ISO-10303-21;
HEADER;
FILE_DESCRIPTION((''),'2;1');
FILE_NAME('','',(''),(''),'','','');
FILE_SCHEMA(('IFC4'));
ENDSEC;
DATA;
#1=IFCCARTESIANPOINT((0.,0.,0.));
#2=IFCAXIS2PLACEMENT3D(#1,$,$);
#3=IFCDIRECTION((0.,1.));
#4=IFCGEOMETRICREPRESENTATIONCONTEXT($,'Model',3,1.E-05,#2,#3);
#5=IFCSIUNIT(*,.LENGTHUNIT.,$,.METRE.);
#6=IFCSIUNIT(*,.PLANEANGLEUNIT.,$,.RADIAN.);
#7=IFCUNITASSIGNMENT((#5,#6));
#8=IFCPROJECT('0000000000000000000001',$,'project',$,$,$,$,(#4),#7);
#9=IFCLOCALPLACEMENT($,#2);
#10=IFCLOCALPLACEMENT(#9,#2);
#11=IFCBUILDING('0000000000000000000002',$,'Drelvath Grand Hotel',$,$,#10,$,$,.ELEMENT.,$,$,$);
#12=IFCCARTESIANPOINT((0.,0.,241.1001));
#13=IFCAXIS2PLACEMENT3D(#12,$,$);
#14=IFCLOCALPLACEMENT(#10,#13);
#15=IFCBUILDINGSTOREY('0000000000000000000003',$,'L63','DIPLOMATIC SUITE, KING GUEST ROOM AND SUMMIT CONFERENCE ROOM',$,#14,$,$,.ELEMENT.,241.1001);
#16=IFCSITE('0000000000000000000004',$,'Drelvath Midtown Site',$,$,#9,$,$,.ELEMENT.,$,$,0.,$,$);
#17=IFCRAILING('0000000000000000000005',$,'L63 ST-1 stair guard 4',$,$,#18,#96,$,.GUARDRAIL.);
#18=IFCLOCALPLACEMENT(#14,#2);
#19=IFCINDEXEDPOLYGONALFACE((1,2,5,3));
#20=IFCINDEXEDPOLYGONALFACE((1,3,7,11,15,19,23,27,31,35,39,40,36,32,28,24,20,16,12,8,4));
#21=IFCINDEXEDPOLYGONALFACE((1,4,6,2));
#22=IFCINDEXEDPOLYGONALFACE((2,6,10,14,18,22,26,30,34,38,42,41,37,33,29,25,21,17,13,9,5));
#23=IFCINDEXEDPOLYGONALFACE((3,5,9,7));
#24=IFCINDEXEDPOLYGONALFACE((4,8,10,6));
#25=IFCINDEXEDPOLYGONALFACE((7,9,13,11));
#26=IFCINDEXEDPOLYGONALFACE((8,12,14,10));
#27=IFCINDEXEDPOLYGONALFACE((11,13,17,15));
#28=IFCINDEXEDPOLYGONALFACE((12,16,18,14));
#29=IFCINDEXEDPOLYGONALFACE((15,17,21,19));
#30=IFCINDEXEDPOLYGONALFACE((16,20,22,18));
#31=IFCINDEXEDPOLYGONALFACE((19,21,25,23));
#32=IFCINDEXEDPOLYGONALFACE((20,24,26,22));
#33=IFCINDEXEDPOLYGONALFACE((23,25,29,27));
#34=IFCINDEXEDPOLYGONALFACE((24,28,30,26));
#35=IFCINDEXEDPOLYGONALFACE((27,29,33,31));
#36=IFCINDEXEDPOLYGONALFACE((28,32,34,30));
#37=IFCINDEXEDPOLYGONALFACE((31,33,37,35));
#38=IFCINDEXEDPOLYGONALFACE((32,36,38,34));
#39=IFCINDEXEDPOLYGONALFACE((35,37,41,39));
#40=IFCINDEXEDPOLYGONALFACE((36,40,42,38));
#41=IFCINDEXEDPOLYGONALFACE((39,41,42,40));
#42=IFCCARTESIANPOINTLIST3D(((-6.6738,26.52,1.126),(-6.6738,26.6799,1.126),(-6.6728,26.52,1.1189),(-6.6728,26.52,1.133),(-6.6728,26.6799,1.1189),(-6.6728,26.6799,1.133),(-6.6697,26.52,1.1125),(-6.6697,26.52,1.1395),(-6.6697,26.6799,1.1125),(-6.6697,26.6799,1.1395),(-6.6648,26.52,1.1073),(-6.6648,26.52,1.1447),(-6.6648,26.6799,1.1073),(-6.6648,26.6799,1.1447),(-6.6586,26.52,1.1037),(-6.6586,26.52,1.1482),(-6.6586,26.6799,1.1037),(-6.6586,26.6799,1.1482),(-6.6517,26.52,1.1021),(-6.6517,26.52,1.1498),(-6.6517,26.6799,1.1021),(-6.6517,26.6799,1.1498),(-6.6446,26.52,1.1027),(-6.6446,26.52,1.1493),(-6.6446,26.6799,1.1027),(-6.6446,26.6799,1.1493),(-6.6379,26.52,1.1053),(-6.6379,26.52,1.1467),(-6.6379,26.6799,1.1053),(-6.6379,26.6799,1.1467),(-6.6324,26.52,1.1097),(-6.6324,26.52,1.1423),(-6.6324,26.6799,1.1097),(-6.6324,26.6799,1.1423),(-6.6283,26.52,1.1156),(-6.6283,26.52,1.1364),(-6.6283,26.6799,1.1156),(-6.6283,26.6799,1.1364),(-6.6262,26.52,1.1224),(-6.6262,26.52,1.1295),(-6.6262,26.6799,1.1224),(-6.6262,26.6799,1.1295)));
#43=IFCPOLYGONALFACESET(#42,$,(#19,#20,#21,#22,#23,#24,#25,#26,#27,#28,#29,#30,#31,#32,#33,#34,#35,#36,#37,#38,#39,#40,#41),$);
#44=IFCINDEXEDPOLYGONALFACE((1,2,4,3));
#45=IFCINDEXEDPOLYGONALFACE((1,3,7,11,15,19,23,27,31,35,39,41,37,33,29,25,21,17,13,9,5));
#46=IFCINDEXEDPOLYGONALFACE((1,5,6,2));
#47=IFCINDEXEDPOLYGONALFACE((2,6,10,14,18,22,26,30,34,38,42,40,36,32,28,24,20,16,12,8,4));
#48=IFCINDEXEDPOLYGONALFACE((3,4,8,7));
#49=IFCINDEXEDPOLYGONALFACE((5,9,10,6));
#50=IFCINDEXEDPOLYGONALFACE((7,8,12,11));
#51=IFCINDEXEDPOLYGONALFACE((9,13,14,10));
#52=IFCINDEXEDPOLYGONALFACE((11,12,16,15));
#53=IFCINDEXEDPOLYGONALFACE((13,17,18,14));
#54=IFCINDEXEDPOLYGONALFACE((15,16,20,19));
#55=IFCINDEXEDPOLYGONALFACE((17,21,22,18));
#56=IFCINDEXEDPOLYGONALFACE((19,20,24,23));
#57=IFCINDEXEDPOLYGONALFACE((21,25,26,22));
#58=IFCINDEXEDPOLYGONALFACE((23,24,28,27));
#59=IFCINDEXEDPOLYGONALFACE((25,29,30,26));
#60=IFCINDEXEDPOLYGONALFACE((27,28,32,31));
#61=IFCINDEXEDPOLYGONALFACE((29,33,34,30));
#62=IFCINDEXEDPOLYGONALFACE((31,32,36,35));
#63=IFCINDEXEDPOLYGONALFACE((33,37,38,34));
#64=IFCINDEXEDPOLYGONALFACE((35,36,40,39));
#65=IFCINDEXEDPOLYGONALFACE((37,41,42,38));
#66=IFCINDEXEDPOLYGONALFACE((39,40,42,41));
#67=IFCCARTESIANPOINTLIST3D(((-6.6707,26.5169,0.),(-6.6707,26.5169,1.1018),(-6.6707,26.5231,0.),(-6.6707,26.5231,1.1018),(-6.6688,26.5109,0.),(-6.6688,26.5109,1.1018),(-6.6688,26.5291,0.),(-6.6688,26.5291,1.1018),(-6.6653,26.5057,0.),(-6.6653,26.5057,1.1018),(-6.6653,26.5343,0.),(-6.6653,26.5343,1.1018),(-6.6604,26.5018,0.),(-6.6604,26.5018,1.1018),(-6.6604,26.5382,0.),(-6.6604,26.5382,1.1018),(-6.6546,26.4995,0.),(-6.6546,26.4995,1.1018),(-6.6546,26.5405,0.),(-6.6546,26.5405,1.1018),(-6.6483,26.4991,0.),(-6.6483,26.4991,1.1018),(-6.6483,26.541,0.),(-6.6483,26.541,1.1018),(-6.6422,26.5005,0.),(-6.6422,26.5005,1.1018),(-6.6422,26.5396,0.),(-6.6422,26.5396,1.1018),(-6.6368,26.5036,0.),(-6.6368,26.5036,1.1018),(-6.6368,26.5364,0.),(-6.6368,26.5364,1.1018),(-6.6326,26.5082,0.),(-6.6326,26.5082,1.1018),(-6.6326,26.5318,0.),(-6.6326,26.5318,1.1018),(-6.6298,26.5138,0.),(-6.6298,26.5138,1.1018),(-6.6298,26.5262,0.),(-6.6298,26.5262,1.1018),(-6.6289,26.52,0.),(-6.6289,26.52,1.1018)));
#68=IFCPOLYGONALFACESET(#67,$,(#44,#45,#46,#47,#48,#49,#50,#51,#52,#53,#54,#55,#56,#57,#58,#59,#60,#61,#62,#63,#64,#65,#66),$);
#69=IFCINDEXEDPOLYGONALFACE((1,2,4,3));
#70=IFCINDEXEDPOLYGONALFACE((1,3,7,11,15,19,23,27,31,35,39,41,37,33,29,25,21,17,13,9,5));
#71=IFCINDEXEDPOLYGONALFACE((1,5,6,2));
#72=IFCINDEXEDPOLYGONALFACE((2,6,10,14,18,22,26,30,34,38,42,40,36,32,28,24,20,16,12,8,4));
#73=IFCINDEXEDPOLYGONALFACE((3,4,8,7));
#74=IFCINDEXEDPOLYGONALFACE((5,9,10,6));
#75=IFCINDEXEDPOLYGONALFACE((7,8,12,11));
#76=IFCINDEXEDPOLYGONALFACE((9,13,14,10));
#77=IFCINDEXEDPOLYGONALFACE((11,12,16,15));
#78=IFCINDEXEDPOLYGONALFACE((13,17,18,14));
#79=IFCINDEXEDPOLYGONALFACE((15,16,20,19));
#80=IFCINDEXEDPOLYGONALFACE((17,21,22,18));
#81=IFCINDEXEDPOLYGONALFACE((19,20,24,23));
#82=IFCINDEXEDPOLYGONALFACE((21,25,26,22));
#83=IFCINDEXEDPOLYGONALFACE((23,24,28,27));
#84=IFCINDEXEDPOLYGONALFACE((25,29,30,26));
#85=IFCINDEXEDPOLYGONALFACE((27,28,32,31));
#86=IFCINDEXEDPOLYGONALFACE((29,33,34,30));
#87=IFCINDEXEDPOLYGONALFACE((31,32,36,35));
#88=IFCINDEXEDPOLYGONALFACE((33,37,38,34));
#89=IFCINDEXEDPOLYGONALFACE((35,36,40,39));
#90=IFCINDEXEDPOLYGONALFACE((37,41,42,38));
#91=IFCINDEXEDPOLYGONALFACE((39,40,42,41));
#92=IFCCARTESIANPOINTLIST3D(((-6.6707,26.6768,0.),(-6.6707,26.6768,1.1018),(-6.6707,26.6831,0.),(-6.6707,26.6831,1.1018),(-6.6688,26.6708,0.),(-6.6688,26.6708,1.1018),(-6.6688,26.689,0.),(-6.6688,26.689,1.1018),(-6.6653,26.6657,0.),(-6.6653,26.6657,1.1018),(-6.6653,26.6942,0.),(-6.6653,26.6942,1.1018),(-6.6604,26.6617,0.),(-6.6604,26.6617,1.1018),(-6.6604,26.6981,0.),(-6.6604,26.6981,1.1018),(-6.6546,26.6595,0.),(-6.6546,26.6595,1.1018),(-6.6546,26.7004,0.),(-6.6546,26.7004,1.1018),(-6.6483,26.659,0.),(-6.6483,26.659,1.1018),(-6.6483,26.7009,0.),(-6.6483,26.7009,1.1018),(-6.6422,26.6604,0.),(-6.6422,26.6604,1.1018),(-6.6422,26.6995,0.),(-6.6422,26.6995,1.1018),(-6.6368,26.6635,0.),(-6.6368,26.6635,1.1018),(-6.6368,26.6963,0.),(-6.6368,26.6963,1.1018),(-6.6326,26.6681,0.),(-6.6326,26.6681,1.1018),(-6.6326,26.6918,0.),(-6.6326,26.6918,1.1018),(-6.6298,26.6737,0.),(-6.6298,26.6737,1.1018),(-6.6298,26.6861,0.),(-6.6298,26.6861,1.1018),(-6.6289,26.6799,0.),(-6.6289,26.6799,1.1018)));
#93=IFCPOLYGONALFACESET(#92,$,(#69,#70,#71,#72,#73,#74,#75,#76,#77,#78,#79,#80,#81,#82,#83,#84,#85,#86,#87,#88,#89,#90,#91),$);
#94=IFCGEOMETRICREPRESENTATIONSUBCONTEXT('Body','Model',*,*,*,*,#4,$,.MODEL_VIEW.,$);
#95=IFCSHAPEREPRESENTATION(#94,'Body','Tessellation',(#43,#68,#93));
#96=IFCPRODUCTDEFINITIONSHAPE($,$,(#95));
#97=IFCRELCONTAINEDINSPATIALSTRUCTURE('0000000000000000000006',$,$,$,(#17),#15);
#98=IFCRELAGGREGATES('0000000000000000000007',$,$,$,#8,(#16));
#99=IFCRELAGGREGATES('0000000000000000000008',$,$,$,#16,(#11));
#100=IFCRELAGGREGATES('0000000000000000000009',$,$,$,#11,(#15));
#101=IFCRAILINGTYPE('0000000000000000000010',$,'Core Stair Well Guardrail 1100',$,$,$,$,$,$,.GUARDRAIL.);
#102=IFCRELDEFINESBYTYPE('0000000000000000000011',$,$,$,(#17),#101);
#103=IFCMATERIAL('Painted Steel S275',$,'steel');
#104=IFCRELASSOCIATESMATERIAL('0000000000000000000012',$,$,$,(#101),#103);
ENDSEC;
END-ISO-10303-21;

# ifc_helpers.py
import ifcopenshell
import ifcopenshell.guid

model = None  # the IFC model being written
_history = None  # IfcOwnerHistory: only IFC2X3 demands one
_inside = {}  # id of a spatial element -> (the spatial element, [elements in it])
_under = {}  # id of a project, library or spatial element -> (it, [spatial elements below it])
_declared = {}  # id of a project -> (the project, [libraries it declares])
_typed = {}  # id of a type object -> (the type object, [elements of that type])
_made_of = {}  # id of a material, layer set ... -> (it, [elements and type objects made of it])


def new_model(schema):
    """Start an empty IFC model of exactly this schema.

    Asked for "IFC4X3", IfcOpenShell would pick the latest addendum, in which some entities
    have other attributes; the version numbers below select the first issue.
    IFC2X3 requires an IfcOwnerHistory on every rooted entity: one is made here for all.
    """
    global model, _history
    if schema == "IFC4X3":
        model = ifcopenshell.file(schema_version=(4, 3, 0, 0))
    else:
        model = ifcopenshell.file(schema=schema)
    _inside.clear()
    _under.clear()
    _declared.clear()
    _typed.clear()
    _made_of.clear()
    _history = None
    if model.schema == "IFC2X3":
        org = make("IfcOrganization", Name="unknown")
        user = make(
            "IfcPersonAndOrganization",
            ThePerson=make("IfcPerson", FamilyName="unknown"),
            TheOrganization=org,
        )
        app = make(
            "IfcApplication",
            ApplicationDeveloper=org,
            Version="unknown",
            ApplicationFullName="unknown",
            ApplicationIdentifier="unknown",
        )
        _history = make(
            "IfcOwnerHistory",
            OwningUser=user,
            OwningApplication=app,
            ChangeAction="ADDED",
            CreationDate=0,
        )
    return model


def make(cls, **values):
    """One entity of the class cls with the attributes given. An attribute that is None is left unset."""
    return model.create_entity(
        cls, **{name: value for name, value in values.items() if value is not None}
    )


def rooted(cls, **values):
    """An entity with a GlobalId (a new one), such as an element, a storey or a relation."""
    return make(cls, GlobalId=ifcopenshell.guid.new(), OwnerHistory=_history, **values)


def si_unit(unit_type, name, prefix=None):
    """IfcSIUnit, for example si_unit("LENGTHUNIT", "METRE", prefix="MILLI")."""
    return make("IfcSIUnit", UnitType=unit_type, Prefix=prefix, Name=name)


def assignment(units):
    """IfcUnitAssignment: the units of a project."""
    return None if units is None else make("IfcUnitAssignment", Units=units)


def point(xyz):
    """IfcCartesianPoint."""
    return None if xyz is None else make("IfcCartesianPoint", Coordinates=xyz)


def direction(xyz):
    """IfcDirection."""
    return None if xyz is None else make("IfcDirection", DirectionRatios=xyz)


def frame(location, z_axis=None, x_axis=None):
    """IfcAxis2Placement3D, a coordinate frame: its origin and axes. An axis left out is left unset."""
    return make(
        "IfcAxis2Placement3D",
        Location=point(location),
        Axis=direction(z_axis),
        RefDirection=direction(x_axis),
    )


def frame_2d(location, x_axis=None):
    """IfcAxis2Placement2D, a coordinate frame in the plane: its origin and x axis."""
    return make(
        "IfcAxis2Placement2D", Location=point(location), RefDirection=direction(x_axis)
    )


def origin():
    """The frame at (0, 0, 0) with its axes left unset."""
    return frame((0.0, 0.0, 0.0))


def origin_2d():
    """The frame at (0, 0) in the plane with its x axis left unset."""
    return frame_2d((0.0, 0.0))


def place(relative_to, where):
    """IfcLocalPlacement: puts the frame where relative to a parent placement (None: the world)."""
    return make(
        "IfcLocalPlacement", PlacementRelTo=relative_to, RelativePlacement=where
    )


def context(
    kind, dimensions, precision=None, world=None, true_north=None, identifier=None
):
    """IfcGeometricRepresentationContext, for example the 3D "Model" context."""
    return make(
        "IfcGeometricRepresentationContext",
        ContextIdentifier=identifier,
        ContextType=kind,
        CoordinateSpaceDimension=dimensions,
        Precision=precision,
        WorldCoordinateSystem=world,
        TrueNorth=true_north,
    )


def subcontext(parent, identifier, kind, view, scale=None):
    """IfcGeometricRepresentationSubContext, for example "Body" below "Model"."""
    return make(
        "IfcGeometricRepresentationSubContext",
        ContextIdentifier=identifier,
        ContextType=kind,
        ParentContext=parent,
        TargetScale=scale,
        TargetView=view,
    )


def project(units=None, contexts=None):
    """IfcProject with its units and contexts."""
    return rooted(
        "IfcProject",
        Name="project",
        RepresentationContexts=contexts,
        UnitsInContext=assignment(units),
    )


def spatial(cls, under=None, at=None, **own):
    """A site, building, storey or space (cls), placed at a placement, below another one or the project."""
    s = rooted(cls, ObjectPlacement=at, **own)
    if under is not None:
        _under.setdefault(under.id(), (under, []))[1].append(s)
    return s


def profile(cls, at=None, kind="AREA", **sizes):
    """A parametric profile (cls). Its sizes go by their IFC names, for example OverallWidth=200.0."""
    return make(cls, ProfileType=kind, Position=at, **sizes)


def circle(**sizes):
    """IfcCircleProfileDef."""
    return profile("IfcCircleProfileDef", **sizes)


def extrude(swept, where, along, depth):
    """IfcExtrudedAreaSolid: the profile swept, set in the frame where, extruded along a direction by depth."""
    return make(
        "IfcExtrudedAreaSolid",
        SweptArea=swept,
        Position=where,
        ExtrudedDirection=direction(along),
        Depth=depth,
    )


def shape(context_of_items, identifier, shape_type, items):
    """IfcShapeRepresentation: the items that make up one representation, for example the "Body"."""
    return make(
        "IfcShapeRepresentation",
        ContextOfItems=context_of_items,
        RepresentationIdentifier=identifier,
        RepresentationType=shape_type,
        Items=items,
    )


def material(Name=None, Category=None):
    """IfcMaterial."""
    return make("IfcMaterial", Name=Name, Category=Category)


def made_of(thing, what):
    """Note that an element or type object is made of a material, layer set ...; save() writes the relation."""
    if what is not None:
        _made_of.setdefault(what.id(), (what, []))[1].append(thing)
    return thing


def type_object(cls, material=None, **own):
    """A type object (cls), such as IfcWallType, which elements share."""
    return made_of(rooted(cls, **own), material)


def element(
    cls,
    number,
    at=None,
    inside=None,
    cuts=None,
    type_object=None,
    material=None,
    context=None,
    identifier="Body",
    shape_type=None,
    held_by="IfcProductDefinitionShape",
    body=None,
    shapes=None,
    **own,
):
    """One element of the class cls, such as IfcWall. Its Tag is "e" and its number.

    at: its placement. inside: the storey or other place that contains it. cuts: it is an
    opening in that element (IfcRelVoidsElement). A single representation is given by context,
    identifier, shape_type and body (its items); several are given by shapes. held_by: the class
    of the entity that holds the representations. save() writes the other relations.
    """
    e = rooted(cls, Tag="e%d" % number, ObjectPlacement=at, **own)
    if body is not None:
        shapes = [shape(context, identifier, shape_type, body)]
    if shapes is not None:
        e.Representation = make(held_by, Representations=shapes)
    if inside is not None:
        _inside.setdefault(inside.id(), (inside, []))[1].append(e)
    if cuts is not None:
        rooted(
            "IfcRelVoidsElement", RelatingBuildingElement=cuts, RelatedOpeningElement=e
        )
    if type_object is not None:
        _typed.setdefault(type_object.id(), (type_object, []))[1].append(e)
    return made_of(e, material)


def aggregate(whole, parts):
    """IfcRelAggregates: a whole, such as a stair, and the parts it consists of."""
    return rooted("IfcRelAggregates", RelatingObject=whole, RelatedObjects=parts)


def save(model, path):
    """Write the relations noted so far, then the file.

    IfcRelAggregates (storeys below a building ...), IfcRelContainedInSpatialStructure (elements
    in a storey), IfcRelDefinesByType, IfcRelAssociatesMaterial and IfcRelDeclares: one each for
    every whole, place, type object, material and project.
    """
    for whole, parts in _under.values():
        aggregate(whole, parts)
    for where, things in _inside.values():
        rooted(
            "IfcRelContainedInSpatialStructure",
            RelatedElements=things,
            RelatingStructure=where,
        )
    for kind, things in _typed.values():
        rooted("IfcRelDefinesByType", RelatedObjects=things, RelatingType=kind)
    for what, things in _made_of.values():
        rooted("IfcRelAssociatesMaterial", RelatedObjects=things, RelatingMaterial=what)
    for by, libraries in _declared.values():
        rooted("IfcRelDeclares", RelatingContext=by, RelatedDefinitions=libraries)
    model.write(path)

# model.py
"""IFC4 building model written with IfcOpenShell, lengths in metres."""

from ifc_helpers import new_model, si_unit, direction, frame, origin, origin_2d, place, context, subcontext, project, spatial, circle, extrude, material, type_object, element, save


model = new_model("IFC4")

# Units and contexts
model_context = context("Model", 3, precision=1e-05, world=origin(), true_north=direction((0.0, 1.0)))
body_context = subcontext(model_context, "Body", "Model", "MODEL_VIEW")
ifc_project = project(units=[si_unit("LENGTHUNIT", "METRE"), si_unit("PLANEANGLEUNIT", "RADIAN")], contexts=[model_context])

# Site, building, storey
site_placement = place(None, origin())
site = spatial("IfcSite", under=ifc_project, at=site_placement, Name="Drelvath Midtown Site", CompositionType="ELEMENT", RefElevation=0.0)
building_placement = place(site_placement, origin())
building = spatial("IfcBuilding", under=site, at=building_placement, Name="Drelvath Grand Hotel", CompositionType="ELEMENT")
storey_placement = place(building_placement, frame((0.0, 0.0, 241.1001)))
storey = spatial("IfcBuildingStorey", under=building, at=storey_placement, Name="L63", Description="DIPLOMATIC SUITE, KING GUEST ROOM AND SUMMIT CONFERENCE ROOM", CompositionType="ELEMENT", Elevation=241.1001)

# Shared definitions
ifc_material_1 = material(Name="Painted Steel S275", Category="steel")

# Railing
railing_type_1 = type_object("IfcRailingType", Name="Core Stair Well Guardrail 1100", PredefinedType="GUARDRAIL", material=ifc_material_1)
railing_1_placement = place(storey_placement, frame((-6.6499, 26.52, 0.0)))
element("IfcRailing", 1, at=railing_1_placement, inside=storey, type_object=railing_type_1, Name="L63 ST-1 stair guard 4", PredefinedType="GUARDRAIL", context=body_context, shape_type="SweptSolid", body=[
    extrude(circle(Radius=0.0239, at=origin_2d()), frame((0.0, 0.0, 1.126), z_axis=(0.0, 1.0, 0.0), x_axis=(-1.0, 0.0, 0.0)), (0.0, 0.0, 1.0), 0.1599),
    extrude(circle(Radius=0.021, at=origin_2d()), origin(), (0.0, 0.0, 1.0), 1.1018),
    extrude(circle(Radius=0.021, at=origin_2d()), frame((0.0, 0.1599, 0.0)), (0.0, 0.0, 1.0), 1.1018),
])

save(model, "model.ifc")
